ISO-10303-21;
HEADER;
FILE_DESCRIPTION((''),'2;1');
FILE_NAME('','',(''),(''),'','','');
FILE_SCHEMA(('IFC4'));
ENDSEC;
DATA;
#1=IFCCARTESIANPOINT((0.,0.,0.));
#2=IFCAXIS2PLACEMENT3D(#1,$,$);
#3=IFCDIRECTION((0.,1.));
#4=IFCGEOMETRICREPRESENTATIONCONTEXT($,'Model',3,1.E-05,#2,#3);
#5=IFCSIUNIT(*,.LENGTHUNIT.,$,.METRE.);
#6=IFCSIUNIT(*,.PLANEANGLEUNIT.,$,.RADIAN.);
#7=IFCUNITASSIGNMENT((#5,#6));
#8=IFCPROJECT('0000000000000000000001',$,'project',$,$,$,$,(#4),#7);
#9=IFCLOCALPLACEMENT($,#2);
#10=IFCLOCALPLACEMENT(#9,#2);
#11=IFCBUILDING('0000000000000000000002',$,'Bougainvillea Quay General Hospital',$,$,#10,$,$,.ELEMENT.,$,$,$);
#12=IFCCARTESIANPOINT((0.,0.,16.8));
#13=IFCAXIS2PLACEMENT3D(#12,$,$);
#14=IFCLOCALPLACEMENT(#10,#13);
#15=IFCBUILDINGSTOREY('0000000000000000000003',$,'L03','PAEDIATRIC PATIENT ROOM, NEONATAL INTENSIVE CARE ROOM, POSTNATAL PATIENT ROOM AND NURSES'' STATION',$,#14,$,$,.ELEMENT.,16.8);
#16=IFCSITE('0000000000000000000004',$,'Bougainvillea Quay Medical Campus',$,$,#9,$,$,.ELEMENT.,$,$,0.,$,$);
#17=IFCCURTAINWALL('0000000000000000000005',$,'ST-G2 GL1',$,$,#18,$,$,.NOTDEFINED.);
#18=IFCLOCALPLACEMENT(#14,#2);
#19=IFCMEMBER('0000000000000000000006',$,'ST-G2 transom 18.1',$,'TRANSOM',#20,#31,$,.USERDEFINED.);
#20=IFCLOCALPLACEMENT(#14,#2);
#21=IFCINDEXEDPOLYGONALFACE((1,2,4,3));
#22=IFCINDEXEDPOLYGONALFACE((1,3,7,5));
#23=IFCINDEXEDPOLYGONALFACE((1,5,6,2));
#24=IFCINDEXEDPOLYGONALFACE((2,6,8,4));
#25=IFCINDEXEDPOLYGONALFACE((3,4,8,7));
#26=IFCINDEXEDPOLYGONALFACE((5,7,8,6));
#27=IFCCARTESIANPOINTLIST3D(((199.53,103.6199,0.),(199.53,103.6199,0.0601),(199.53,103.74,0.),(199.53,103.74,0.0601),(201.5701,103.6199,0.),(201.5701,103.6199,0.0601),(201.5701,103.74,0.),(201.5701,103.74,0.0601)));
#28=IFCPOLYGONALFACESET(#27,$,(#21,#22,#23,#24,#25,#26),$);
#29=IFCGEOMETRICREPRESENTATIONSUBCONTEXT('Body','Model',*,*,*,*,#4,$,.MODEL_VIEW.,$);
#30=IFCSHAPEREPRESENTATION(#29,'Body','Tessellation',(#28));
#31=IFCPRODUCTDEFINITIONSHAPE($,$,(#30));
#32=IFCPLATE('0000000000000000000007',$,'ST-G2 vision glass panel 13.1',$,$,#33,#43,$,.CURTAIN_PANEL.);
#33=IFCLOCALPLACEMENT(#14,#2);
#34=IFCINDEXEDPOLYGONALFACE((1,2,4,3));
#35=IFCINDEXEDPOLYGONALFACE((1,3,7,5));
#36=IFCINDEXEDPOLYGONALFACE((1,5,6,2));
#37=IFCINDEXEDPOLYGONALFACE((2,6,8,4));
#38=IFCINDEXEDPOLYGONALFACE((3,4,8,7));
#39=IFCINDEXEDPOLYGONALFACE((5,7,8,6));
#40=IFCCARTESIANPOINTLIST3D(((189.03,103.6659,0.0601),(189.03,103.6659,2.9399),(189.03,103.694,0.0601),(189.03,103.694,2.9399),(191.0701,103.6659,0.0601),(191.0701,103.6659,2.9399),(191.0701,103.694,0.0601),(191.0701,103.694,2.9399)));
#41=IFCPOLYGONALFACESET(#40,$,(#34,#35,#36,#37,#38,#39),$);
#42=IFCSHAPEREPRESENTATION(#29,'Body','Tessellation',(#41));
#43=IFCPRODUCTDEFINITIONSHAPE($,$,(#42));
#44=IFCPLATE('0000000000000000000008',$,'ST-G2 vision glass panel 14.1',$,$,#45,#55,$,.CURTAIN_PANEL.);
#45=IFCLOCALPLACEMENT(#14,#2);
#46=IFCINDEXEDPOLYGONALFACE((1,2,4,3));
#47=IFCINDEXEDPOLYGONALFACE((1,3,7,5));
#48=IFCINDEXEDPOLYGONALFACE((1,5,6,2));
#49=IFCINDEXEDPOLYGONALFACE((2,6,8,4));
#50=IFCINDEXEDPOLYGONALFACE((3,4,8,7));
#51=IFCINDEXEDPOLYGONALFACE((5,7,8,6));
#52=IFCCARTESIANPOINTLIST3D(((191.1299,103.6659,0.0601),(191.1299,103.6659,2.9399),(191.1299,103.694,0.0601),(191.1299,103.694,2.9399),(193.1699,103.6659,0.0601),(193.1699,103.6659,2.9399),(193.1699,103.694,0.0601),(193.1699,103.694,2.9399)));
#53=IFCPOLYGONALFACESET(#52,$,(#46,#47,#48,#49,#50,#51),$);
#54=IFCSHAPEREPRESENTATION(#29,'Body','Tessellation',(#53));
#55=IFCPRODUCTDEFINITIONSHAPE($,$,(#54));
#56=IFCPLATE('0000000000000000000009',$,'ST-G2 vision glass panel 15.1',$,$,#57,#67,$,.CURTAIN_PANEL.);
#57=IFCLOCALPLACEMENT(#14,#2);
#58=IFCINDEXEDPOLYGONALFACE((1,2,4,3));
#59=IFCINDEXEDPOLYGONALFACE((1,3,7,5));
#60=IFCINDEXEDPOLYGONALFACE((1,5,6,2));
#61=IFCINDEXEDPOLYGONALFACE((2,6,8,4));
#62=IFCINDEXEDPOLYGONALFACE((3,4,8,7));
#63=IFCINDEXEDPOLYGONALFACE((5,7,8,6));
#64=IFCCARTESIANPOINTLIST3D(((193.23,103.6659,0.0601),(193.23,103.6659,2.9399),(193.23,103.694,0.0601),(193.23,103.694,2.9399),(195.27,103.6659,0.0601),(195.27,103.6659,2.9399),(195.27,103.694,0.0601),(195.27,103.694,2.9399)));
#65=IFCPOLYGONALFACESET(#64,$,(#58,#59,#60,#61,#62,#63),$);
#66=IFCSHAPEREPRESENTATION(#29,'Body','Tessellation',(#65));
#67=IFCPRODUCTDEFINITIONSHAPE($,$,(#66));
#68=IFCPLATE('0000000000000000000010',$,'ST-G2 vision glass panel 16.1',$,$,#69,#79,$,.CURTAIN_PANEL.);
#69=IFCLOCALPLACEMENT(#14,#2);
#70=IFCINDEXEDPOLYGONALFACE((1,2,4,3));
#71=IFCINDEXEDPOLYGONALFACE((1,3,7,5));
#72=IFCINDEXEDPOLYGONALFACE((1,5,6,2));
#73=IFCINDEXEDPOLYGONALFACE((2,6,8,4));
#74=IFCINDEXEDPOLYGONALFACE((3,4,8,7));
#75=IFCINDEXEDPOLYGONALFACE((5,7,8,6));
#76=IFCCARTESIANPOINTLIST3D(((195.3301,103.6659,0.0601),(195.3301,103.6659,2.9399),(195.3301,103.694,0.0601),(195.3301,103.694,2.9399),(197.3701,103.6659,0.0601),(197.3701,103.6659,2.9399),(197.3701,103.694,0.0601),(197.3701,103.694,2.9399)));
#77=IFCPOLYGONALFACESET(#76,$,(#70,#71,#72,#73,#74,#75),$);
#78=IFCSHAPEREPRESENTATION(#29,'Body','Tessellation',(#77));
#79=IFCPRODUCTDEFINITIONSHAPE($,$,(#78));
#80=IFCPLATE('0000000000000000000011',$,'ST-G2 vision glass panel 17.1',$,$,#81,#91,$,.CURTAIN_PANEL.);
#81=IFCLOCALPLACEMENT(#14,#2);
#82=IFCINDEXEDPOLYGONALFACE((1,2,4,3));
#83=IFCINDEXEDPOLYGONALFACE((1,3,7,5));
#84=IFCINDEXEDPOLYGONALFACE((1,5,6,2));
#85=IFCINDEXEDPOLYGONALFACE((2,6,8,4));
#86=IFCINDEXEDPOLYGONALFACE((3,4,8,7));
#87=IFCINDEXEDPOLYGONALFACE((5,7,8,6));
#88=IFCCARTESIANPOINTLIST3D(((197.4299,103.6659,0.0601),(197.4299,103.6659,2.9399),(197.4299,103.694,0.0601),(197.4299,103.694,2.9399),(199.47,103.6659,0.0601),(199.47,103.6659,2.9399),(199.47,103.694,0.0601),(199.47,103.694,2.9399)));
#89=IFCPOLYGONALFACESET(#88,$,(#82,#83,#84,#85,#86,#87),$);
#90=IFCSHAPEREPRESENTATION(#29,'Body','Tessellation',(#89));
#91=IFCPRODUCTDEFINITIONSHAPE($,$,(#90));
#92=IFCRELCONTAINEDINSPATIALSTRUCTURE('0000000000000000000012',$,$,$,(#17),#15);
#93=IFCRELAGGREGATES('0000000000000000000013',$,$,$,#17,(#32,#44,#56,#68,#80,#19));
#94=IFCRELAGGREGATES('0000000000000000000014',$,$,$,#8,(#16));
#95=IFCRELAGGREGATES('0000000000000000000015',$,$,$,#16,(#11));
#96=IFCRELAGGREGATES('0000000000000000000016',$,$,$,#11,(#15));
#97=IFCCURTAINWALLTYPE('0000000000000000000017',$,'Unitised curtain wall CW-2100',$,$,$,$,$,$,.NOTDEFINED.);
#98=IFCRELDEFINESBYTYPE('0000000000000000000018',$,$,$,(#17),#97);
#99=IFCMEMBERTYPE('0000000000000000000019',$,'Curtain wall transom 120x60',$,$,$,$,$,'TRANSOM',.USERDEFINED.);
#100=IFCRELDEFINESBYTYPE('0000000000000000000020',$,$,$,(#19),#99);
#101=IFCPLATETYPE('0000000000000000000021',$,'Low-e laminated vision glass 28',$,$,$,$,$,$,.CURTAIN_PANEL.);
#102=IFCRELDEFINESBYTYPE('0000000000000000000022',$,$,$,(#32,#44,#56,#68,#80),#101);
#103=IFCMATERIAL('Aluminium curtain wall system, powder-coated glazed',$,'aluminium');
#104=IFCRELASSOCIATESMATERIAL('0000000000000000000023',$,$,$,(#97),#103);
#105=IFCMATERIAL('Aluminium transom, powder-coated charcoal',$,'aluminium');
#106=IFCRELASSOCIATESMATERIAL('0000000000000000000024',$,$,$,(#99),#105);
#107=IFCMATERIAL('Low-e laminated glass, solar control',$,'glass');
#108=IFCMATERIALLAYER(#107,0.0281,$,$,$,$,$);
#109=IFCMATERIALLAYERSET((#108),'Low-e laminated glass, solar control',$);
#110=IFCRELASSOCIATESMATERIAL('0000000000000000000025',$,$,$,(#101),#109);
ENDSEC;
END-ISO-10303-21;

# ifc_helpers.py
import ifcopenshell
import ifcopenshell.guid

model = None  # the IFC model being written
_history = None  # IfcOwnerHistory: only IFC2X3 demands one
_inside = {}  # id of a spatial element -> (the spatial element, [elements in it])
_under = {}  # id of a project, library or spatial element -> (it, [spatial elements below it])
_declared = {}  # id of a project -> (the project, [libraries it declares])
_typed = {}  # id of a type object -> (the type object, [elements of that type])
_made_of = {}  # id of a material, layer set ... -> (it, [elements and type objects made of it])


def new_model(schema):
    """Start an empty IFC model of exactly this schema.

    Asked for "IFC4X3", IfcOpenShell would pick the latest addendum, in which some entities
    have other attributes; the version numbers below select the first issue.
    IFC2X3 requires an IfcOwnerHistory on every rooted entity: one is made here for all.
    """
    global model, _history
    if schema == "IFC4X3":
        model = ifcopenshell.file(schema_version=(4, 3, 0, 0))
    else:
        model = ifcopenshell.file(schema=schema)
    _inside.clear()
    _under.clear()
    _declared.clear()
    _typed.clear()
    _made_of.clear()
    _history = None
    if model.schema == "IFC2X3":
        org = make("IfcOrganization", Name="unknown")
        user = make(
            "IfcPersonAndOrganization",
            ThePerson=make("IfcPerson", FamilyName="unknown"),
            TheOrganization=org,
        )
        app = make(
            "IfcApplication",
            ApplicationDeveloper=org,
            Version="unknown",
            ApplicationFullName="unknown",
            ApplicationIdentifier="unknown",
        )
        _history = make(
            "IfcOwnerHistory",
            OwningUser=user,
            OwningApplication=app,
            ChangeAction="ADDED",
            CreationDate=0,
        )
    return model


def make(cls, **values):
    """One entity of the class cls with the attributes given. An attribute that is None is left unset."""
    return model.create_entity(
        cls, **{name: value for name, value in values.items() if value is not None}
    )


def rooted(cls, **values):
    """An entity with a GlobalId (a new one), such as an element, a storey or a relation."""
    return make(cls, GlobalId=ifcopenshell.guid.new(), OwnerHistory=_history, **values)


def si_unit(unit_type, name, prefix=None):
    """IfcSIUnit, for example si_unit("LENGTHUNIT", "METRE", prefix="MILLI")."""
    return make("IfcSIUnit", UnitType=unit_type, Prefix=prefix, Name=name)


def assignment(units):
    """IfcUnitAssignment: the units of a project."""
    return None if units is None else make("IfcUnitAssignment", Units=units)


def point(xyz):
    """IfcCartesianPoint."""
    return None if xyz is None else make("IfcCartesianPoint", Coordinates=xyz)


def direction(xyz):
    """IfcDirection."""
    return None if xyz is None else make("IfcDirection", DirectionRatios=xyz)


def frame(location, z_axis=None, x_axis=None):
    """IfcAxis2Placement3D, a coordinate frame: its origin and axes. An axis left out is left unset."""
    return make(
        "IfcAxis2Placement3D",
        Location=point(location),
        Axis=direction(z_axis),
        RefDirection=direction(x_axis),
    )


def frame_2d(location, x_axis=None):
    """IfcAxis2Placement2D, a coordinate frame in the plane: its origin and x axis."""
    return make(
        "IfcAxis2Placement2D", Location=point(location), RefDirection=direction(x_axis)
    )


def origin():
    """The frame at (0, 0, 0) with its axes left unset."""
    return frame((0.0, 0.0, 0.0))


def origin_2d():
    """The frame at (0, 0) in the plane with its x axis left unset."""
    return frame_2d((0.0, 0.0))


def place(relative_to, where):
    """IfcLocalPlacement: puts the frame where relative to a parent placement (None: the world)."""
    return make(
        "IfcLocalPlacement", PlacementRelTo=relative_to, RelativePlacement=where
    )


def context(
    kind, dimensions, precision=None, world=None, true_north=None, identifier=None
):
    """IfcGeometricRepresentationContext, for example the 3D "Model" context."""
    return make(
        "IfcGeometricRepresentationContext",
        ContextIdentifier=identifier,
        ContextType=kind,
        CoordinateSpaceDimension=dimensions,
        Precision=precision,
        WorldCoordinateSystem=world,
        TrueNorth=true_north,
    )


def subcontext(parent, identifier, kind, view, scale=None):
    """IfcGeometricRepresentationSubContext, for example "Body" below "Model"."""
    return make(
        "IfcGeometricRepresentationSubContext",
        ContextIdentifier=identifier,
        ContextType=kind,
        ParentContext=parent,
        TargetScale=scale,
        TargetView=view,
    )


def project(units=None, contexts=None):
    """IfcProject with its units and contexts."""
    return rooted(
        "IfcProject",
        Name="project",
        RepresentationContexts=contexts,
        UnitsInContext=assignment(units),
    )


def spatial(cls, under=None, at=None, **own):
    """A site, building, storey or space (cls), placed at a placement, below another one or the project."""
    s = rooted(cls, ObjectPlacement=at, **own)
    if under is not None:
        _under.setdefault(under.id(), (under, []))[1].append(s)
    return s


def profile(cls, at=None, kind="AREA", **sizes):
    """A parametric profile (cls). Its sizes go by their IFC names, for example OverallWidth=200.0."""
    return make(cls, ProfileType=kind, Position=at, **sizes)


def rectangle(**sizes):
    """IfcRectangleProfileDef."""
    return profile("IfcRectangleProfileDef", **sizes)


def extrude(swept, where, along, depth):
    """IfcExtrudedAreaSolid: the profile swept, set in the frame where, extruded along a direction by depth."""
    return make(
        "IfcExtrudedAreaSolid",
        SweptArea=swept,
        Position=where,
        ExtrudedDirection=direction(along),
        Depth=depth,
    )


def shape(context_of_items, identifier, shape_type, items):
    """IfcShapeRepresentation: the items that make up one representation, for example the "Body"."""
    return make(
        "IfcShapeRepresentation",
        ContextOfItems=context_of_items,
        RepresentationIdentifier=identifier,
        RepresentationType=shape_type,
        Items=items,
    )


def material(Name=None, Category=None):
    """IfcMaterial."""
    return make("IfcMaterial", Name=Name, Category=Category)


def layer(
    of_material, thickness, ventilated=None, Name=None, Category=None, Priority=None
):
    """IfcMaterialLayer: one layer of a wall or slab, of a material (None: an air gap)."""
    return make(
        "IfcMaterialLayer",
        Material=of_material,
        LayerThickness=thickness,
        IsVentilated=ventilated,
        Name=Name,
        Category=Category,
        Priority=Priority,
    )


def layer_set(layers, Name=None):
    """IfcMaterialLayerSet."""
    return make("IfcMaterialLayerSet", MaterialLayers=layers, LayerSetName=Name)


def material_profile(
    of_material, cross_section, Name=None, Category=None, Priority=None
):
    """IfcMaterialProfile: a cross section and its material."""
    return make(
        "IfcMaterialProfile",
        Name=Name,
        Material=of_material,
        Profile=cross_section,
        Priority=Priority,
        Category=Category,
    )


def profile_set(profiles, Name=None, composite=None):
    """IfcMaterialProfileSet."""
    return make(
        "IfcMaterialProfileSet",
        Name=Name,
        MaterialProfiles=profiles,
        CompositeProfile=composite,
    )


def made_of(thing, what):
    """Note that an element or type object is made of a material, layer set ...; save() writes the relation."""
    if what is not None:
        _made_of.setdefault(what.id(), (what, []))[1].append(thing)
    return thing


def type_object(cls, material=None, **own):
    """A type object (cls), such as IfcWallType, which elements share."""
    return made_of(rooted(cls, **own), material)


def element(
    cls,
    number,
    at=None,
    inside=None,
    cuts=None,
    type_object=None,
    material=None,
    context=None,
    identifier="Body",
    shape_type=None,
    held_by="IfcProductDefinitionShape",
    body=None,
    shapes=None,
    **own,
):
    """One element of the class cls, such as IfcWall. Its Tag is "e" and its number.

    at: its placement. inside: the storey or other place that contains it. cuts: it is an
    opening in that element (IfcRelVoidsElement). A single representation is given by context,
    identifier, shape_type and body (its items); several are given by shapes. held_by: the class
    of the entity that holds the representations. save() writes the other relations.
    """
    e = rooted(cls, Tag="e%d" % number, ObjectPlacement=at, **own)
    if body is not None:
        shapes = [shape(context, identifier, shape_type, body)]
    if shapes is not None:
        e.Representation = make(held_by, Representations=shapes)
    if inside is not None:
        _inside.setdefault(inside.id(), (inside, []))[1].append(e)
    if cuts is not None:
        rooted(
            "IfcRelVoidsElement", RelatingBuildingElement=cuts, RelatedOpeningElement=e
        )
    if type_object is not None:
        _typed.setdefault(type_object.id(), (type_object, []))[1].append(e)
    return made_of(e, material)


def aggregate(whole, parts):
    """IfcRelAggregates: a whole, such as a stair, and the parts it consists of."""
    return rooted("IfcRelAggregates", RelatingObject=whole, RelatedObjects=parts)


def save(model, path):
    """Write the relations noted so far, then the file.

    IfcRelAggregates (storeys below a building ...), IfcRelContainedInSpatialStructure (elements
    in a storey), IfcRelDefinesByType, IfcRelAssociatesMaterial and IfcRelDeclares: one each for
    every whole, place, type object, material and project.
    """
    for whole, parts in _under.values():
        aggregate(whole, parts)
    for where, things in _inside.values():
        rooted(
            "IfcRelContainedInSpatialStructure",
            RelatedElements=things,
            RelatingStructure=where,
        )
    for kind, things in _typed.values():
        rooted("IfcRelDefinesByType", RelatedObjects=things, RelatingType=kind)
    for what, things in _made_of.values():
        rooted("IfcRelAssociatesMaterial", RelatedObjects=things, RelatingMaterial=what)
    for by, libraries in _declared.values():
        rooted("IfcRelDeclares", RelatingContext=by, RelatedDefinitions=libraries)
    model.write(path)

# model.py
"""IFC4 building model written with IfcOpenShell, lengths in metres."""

from ifc_helpers import new_model, si_unit, direction, frame, origin, origin_2d, place, context, subcontext, project, spatial, rectangle, extrude, material, layer, layer_set, material_profile, profile_set, type_object, element, aggregate, save


model = new_model("IFC4")

# Units and contexts
model_context = context("Model", 3, precision=1e-05, world=origin(), true_north=direction((0.0, 1.0)))
body_context = subcontext(model_context, "Body", "Model", "MODEL_VIEW")
ifc_project = project(units=[si_unit("LENGTHUNIT", "METRE"), si_unit("PLANEANGLEUNIT", "RADIAN")], contexts=[model_context])

# Site, building, storey
site_placement = place(None, origin())
site = spatial("IfcSite", under=ifc_project, at=site_placement, Name="Bougainvillea Quay Medical Campus", CompositionType="ELEMENT", RefElevation=0.0)
building_placement = place(site_placement, origin())
building = spatial("IfcBuilding", under=site, at=building_placement, Name="Bougainvillea Quay General Hospital", CompositionType="ELEMENT")
storey_placement = place(building_placement, frame((0.0, 0.0, 16.8)))
storey = spatial("IfcBuildingStorey", under=building, at=storey_placement, Name="L03", Description="PAEDIATRIC PATIENT ROOM, NEONATAL INTENSIVE CARE ROOM, POSTNATAL PATIENT ROOM AND NURSES' STATION", CompositionType="ELEMENT", Elevation=16.8)

# Curtain wall
ifc_material_1 = material(Name="Aluminium curtain wall system, powder-coated glazed", Category="aluminium")
curtain_wall_type = type_object("IfcCurtainWallType", Name="Unitised curtain wall CW-2100", PredefinedType="NOTDEFINED", material=ifc_material_1)
curtain_wall_1_placement = place(storey_placement, origin())
curtain_wall_1 = element("IfcCurtainWall", 1, at=curtain_wall_1_placement, inside=storey, type_object=curtain_wall_type, Name="ST-G2 GL1", PredefinedType="NOTDEFINED")

# Shared definitions
ifc_material_2 = material(Name="Aluminium transom, powder-coated charcoal", Category="aluminium")
ifc_material_profile_1 = material_profile(ifc_material_2, rectangle(XDim=0.1201, YDim=0.0601, at=origin_2d()))
ifc_profile_set_1 = profile_set([ifc_material_profile_1], Name="Aluminium transom, powder-coated charcoal")
member_type_1 = type_object("IfcMemberType", Name="Curtain wall transom 120x60", ElementType="TRANSOM", PredefinedType="USERDEFINED", material=ifc_profile_set_1)

# Member
member_1_placement = place(storey_placement, frame((199.53, 103.6799, 0.03), z_axis=(1.0, 0.0, 0.0), x_axis=(0.0, 1.0, 0.0)))
member_1 = element("IfcMember", 2, at=member_1_placement, type_object=member_type_1, Name="ST-G2 transom 18.1", ObjectType="TRANSOM", PredefinedType="USERDEFINED", context=body_context, shape_type="SweptSolid", body=[
    extrude(rectangle(XDim=0.1201, YDim=0.0601, at=origin_2d()), origin(), (0.0, 0.0, 1.0), 2.04),
])

# Plates
ifc_material_3 = material(Name="Low-e laminated glass, solar control", Category="glass")
ifc_layer = layer(ifc_material_3, 0.0281)
ifc_layer_set = layer_set([ifc_layer], Name="Low-e laminated glass, solar control")
plate_type = type_object("IfcPlateType", Name="Low-e laminated vision glass 28", PredefinedType="CURTAIN_PANEL", material=ifc_layer_set)
plate_1_placement = place(storey_placement, frame((190.05, 103.6799, 0.0601), z_axis=(0.0, 0.0, 1.0), x_axis=(1.0, 0.0, 0.0)))
plate_1 = element("IfcPlate", 3, at=plate_1_placement, type_object=plate_type, Name="ST-G2 vision glass panel 13.1", PredefinedType="CURTAIN_PANEL", context=body_context, shape_type="SweptSolid", body=[
    extrude(rectangle(XDim=2.04, YDim=0.0281, at=origin_2d()), origin(), (0.0, 0.0, 1.0), 2.8799),
])
plate_2_placement = place(storey_placement, frame((192.1499, 103.6799, 0.0601), z_axis=(0.0, 0.0, 1.0), x_axis=(1.0, 0.0, 0.0)))
plate_2 = element("IfcPlate", 4, at=plate_2_placement, type_object=plate_type, Name="ST-G2 vision glass panel 14.1", PredefinedType="CURTAIN_PANEL", context=body_context, shape_type="SweptSolid", body=[
    extrude(rectangle(XDim=2.04, YDim=0.0281, at=origin_2d()), origin(), (0.0, 0.0, 1.0), 2.8799),
])
plate_3_placement = place(storey_placement, frame((194.25, 103.6799, 0.0601), z_axis=(0.0, 0.0, 1.0), x_axis=(1.0, 0.0, 0.0)))
plate_3 = element("IfcPlate", 5, at=plate_3_placement, type_object=plate_type, Name="ST-G2 vision glass panel 15.1", PredefinedType="CURTAIN_PANEL", context=body_context, shape_type="SweptSolid", body=[
    extrude(rectangle(XDim=2.04, YDim=0.0281, at=origin_2d()), origin(), (0.0, 0.0, 1.0), 2.8799),
])
plate_4_placement = place(storey_placement, frame((196.3501, 103.6799, 0.0601), z_axis=(0.0, 0.0, 1.0), x_axis=(1.0, 0.0, 0.0)))
plate_4 = element("IfcPlate", 6, at=plate_4_placement, type_object=plate_type, Name="ST-G2 vision glass panel 16.1", PredefinedType="CURTAIN_PANEL", context=body_context, shape_type="SweptSolid", body=[
    extrude(rectangle(XDim=2.04, YDim=0.0281, at=origin_2d()), origin(), (0.0, 0.0, 1.0), 2.8799),
])
plate_5_placement = place(storey_placement, frame((198.45, 103.6799, 0.0601), z_axis=(0.0, 0.0, 1.0), x_axis=(1.0, 0.0, 0.0)))
plate_5 = element("IfcPlate", 7, at=plate_5_placement, type_object=plate_type, Name="ST-G2 vision glass panel 17.1", PredefinedType="CURTAIN_PANEL", context=body_context, shape_type="SweptSolid", body=[
    extrude(rectangle(XDim=2.04, YDim=0.0281, at=origin_2d()), origin(), (0.0, 0.0, 1.0), 2.8799),
])
aggregate(curtain_wall_1, [plate_1, plate_2, plate_3, plate_4, plate_5, member_1])

save(model, "model.ifc")
